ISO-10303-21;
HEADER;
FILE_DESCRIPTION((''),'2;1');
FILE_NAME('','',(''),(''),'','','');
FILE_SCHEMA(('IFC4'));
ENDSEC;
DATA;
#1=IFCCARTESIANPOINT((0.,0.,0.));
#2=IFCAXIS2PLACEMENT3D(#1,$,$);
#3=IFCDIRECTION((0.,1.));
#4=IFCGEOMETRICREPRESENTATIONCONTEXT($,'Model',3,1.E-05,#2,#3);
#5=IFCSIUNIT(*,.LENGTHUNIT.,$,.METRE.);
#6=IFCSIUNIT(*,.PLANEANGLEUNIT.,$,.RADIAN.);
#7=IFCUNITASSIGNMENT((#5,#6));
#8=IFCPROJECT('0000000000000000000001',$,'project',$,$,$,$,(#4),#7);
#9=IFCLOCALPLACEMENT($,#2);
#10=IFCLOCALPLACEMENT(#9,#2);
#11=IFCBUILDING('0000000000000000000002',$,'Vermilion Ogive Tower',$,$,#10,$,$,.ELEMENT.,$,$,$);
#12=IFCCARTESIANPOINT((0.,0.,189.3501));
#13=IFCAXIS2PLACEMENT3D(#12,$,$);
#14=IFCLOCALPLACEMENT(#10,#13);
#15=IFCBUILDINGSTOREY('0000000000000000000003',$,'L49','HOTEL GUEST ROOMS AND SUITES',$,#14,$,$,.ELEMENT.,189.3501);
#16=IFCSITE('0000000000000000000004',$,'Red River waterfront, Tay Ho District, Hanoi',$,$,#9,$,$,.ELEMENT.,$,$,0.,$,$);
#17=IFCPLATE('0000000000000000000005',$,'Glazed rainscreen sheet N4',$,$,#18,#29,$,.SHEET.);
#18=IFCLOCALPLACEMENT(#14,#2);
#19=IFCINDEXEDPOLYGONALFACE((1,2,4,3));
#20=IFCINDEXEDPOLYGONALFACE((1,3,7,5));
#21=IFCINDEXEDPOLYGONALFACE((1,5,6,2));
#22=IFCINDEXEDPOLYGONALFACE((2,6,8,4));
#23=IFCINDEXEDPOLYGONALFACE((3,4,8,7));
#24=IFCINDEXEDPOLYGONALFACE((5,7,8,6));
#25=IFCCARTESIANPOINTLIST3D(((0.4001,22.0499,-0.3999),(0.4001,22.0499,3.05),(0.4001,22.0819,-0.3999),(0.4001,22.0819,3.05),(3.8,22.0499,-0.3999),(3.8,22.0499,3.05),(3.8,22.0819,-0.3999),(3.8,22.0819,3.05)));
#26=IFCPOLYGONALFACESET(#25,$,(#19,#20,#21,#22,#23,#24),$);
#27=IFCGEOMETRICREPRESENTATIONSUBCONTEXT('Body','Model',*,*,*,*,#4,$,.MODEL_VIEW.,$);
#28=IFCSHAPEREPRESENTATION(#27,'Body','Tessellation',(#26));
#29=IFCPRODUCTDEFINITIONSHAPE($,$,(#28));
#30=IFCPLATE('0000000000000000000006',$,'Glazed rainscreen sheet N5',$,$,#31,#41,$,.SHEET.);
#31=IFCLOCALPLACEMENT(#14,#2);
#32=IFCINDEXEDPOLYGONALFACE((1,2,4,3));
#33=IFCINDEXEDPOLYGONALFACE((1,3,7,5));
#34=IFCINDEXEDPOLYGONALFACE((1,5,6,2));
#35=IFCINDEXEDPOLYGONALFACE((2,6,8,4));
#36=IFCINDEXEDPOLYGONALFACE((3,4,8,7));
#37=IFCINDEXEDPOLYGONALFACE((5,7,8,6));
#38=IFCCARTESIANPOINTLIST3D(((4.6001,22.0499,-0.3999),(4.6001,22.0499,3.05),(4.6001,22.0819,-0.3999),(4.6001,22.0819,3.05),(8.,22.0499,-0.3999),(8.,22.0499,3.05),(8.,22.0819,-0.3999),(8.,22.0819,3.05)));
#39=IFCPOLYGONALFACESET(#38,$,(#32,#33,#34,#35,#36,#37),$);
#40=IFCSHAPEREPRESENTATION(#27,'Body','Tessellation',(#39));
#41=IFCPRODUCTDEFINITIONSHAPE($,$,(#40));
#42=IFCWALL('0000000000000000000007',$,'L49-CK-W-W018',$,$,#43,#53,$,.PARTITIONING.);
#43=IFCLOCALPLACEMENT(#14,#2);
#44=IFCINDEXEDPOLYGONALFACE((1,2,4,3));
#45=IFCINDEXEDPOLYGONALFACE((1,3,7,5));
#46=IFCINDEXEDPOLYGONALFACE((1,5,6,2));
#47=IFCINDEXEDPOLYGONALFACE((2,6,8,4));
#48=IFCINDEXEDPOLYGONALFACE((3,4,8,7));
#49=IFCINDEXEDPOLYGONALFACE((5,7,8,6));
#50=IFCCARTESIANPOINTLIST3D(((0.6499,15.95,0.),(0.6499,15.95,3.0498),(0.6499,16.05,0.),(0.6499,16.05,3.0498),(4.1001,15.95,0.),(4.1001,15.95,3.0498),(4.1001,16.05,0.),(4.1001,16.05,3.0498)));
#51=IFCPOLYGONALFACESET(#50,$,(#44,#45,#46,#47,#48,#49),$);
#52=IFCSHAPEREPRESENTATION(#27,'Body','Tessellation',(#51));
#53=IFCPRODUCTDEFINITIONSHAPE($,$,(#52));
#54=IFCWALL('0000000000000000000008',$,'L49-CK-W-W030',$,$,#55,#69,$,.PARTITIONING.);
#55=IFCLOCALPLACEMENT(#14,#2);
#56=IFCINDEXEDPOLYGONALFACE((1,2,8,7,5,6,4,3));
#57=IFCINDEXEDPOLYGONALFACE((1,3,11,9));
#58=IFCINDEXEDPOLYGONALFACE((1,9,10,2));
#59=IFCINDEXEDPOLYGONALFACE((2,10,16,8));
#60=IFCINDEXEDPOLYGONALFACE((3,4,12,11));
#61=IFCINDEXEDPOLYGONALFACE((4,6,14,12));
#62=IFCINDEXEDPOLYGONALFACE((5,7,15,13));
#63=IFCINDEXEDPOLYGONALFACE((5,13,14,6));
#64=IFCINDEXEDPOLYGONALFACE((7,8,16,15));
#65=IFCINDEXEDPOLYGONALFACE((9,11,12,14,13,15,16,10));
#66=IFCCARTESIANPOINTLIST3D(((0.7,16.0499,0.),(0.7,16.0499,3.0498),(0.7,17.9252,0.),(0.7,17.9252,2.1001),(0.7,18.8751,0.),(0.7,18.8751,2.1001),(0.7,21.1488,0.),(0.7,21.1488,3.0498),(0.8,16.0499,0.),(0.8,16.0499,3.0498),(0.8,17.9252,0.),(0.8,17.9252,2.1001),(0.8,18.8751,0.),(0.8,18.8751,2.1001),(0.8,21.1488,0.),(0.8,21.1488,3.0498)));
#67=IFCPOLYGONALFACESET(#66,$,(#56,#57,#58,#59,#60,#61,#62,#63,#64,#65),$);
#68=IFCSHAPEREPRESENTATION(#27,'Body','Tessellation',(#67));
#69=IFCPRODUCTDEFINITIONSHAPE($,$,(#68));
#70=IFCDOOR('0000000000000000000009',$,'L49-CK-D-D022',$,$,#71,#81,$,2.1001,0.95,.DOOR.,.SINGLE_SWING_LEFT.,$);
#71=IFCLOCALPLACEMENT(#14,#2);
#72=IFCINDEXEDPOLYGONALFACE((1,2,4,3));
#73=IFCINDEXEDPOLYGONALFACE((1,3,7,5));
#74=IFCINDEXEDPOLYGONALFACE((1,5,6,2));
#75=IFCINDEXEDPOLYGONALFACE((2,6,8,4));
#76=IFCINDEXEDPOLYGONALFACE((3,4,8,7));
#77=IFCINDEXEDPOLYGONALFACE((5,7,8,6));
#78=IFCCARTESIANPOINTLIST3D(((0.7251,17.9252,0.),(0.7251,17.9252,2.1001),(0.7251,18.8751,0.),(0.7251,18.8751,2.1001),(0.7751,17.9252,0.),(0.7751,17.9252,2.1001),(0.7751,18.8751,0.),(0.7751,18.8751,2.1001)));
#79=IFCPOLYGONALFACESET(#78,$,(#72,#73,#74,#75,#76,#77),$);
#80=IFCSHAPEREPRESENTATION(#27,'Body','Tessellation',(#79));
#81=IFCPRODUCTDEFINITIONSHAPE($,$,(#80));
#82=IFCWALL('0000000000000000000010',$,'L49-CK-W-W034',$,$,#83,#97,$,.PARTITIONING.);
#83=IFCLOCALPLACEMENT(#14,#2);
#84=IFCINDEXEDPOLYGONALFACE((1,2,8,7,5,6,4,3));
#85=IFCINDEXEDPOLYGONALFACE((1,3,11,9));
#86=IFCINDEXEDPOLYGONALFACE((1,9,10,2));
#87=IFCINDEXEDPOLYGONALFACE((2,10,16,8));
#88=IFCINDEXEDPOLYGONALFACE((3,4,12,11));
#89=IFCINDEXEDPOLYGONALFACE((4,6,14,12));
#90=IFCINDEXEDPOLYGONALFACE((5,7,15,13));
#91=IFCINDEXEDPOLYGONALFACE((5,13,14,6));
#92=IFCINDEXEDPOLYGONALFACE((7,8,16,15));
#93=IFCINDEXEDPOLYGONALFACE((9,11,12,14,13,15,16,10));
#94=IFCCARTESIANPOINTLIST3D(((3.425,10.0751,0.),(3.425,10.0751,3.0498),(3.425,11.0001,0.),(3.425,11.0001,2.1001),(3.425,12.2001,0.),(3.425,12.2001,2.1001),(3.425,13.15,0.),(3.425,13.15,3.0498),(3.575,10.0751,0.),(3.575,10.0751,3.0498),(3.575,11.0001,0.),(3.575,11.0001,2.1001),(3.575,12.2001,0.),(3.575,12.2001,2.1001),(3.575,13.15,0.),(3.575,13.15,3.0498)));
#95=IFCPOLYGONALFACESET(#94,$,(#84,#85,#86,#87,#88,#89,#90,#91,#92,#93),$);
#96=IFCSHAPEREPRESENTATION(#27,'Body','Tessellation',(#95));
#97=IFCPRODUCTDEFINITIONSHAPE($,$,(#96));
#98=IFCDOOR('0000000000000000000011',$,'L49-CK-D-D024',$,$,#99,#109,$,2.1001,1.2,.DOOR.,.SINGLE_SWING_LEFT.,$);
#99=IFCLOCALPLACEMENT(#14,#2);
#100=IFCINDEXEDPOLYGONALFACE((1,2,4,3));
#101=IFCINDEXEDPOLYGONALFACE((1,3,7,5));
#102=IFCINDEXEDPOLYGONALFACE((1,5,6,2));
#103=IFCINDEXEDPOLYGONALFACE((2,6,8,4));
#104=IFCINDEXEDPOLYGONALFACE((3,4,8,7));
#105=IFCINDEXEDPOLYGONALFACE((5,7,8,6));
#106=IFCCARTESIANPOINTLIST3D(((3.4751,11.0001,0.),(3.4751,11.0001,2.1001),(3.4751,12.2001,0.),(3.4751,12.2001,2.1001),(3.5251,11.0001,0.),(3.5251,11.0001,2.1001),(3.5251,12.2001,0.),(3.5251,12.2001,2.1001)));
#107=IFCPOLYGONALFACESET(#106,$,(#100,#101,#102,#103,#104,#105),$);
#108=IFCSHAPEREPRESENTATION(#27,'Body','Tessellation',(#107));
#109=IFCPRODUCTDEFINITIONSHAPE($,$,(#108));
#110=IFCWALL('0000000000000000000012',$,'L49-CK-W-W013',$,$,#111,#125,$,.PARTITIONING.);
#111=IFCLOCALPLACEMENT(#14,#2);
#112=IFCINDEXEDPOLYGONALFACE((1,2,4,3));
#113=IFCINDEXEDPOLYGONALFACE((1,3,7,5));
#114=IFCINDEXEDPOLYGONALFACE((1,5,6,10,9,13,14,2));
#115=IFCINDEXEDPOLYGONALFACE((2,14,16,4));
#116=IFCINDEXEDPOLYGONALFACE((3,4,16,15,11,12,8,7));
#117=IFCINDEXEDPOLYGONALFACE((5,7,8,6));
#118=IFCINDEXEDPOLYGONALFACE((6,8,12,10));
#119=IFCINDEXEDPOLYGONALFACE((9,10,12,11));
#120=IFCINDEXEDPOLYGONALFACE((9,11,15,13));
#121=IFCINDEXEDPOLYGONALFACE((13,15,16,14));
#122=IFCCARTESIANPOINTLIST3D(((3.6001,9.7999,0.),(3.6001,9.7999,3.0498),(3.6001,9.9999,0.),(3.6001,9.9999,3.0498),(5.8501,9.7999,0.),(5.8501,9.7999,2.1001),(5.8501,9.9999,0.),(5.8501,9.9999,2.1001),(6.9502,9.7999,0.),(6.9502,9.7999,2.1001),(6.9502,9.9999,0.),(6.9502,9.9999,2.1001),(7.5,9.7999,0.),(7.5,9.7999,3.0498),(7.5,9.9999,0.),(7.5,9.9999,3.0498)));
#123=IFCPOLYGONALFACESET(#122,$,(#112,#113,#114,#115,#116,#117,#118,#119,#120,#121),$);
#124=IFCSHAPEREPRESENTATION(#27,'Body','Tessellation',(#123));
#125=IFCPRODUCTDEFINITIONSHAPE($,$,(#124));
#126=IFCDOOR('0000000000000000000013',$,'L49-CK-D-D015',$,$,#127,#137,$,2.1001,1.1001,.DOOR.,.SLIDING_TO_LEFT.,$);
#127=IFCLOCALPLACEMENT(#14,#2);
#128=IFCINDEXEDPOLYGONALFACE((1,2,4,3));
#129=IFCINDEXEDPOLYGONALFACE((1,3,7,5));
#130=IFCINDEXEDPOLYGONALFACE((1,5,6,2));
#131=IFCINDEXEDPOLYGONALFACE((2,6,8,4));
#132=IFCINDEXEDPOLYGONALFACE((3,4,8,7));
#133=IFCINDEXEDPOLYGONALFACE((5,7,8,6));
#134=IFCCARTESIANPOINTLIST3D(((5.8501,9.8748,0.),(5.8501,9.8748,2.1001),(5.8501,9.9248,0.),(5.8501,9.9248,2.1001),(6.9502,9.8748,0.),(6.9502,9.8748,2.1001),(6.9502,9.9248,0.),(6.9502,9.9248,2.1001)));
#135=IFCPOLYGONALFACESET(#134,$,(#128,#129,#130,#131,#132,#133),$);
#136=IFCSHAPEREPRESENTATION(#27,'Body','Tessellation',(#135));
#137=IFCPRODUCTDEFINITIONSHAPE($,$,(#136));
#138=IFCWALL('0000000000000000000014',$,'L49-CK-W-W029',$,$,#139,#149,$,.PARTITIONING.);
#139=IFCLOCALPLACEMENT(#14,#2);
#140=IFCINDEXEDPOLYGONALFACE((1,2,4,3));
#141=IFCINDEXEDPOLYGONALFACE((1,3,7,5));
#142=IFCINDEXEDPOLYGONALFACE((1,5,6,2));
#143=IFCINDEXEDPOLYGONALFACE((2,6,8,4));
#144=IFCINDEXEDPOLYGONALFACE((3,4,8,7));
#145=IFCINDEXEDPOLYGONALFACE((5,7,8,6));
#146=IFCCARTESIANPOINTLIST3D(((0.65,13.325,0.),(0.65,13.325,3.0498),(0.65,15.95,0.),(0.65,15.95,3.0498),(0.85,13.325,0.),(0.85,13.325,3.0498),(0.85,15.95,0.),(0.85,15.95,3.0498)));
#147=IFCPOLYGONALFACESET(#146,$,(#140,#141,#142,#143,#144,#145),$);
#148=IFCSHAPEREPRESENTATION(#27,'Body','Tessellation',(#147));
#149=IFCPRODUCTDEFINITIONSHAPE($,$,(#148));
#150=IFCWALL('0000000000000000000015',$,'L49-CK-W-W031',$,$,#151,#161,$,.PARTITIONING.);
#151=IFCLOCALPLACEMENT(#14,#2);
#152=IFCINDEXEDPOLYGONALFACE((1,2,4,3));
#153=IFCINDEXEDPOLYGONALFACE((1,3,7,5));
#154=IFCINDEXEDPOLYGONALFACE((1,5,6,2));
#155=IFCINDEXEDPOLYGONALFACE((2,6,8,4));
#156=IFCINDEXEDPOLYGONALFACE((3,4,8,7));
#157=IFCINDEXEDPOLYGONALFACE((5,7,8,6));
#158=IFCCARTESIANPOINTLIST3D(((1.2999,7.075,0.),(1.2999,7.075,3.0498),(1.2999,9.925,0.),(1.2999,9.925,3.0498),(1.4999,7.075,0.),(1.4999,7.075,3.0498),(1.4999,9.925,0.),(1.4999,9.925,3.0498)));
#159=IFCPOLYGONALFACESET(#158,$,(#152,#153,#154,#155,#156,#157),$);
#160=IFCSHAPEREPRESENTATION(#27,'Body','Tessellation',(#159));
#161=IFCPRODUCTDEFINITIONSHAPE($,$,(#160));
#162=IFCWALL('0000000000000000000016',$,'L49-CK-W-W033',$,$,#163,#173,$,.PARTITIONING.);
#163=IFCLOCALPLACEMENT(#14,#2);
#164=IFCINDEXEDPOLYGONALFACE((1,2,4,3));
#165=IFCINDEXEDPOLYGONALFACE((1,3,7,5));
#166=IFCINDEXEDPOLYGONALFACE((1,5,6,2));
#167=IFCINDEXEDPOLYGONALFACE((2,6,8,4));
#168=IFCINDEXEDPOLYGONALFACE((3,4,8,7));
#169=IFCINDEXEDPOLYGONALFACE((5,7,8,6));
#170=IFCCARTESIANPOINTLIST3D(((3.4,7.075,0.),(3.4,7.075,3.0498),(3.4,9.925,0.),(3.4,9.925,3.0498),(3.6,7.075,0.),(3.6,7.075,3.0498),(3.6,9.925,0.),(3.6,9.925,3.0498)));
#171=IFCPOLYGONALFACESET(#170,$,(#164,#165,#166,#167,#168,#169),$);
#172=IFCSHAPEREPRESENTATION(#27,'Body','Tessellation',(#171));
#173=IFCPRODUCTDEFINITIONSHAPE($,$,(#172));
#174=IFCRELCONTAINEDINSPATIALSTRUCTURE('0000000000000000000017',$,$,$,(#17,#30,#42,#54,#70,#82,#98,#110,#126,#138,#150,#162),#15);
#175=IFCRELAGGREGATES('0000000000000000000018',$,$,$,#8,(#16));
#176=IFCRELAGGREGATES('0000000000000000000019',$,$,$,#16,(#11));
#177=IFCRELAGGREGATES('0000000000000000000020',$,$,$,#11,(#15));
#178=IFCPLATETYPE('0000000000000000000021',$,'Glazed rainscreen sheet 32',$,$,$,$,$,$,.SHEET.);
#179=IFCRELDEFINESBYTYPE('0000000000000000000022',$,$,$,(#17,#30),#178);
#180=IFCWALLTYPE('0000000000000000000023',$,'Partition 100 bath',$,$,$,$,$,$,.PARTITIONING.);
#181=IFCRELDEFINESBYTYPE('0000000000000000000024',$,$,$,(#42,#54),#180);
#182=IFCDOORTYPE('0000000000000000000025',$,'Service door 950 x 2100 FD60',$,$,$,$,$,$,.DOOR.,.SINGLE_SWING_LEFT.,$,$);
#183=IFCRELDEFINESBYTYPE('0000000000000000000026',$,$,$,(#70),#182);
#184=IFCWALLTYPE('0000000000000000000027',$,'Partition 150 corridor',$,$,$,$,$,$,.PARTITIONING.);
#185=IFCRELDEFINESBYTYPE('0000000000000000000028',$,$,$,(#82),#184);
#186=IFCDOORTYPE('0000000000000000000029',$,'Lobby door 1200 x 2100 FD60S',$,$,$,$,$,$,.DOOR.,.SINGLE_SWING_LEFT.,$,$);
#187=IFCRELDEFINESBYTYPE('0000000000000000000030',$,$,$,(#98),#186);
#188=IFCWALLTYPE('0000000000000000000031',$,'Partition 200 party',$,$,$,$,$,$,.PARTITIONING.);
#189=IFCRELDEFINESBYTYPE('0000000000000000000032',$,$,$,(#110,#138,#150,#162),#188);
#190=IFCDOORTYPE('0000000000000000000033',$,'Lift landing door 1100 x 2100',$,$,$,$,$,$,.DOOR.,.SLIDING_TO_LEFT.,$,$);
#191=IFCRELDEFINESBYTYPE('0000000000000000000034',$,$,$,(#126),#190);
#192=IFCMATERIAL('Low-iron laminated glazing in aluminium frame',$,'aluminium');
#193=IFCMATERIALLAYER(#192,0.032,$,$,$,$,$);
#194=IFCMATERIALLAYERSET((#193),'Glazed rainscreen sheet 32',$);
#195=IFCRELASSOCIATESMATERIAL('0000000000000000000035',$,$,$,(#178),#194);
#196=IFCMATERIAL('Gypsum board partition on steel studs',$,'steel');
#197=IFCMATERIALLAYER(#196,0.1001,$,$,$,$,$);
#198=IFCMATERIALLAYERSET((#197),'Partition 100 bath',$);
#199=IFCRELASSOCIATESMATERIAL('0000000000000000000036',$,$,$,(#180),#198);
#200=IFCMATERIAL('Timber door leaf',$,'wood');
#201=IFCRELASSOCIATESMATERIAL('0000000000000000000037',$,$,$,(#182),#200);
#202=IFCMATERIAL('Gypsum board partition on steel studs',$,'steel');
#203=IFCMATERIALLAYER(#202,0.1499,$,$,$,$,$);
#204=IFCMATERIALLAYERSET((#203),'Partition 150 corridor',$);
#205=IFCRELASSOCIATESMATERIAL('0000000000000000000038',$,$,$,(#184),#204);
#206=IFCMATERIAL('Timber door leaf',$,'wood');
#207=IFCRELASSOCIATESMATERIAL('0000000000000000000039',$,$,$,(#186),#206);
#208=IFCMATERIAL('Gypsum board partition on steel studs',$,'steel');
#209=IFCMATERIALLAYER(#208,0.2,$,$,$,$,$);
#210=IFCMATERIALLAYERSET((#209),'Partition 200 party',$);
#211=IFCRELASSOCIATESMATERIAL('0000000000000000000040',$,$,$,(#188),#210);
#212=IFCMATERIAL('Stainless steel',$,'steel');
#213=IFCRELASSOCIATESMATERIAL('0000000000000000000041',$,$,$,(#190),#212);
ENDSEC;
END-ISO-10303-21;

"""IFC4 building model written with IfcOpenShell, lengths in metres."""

from ifc_helpers import new_model, si_unit, direction, frame, frame_2d, origin, origin_2d, place, context, subcontext, project, spatial, rectangle, extrude, material, layer, layer_set, type_object, element, fill, save


model = new_model("IFC4")

# Units and contexts
model_context = context("Model", 3, precision=1e-05, world=origin(), true_north=direction((0.0, 1.0)))
body_context = subcontext(model_context, "Body", "Model", "MODEL_VIEW")
ifc_project = project(units=[si_unit("LENGTHUNIT", "METRE"), si_unit("PLANEANGLEUNIT", "RADIAN")], contexts=[model_context])

# Site, building, storey
site_placement = place(None, origin())
site = spatial("IfcSite", under=ifc_project, at=site_placement, Name="Red River waterfront, Tay Ho District, Hanoi", CompositionType="ELEMENT", RefElevation=0.0)
building_placement = place(site_placement, origin())
building = spatial("IfcBuilding", under=site, at=building_placement, Name="Vermilion Ogive Tower", CompositionType="ELEMENT")
storey_placement = place(building_placement, frame((0.0, 0.0, 189.3501)))
storey = spatial("IfcBuildingStorey", under=building, at=storey_placement, Name="L49", Description="HOTEL GUEST ROOMS AND SUITES", CompositionType="ELEMENT", Elevation=189.3501)

# Plates
ifc_material_1 = material(Name="Low-iron laminated glazing in aluminium frame", Category="aluminium")
ifc_layer_1 = layer(ifc_material_1, 0.032)
ifc_layer_set_1 = layer_set([ifc_layer_1], Name="Glazed rainscreen sheet 32")
plate_type = type_object("IfcPlateType", Name="Glazed rainscreen sheet 32", PredefinedType="SHEET", material=ifc_layer_set_1)
for number, where, z_axis, x_axis, name in (
    (1, (2.1001, 22.0659, -0.3999), (0.0, 0.0, 1.0), (1.0, 0.0, 0.0), "Glazed rainscreen sheet N4"),
    (2, (6.3, 22.0659, -0.3999), (0.0, 0.0, 1.0), (1.0, 0.0, 0.0), "Glazed rainscreen sheet N5"),
):
    element("IfcPlate", number, at=place(storey_placement, frame(where, z_axis=z_axis, x_axis=x_axis)), inside=storey, type_object=plate_type, Name=name, PredefinedType="SHEET", context=body_context, shape_type="SweptSolid", body=[
        extrude(rectangle(XDim=3.3999, YDim=0.032, at=origin_2d()), origin(), (0.0, 0.0, 1.0), 3.45),
    ])

# Wall
ifc_material_2 = material(Name="Gypsum board partition on steel studs", Category="steel")
ifc_layer_2 = layer(ifc_material_2, 0.1001)
ifc_layer_set_2 = layer_set([ifc_layer_2], Name="Partition 100 bath")
wall_type_1 = type_object("IfcWallType", Name="Partition 100 bath", PredefinedType="PARTITIONING", material=ifc_layer_set_2)
wall_1_placement = place(storey_placement, frame((0.6499, 16.0, 0.0), z_axis=(0.0, 0.0, 1.0), x_axis=(1.0, 0.0, 0.0)))
element("IfcWall", 3, at=wall_1_placement, inside=storey, type_object=wall_type_1, Name="L49-CK-W-W018", PredefinedType="PARTITIONING", context=body_context, shape_type="SweptSolid", body=[
    extrude(rectangle(XDim=3.4502, YDim=0.1001, at=frame_2d((1.7251, 0.0))), origin(), (0.0, 0.0, 1.0), 3.0498),
])

# Walls, openings, doors
wall_2_placement = place(storey_placement, frame((0.75, 16.05, 0.0), z_axis=(0.0, 0.0, 1.0), x_axis=(0.0, 1.0, 0.0)))
wall_2 = element("IfcWall", 4, at=wall_2_placement, inside=storey, type_object=wall_type_1, Name="L49-CK-W-W030", PredefinedType="PARTITIONING", context=body_context, shape_type="SweptSolid", body=[
    extrude(rectangle(XDim=5.0989, YDim=0.1001, at=frame_2d((2.5493, 0.0))), origin(), (0.0, 0.0, 1.0), 3.0498),
])
opening_1_placement = place(wall_2_placement, frame((1.875, 0.0, 0.0)))
opening_1 = element("IfcOpeningElement", 5, at=opening_1_placement, cuts=wall_2, PredefinedType="OPENING", context=body_context, shape_type="SweptSolid", body=[
    extrude(rectangle(XDim=0.95, YDim=2.1001, at=frame_2d((0.4751, 1.05))), frame((0.0, 0.0601, 0.0), z_axis=(0.0, -1.0, 0.0), x_axis=(1.0, 0.0, 0.0)), (0.0, 0.0, 1.0), 0.1201),
])
ifc_material_3 = material(Name="Timber door leaf", Category="wood")
door_type_1 = type_object("IfcDoorType", Name="Service door 950 x 2100 FD60", OperationType="SINGLE_SWING_LEFT", PredefinedType="DOOR", material=ifc_material_3)
door_1_placement = place(opening_1_placement, origin())
door_1 = element("IfcDoor", 6, at=door_1_placement, inside=storey, type_object=door_type_1, Name="L49-CK-D-D022", OperationType="SINGLE_SWING_LEFT", OverallHeight=2.1001, OverallWidth=0.95, PredefinedType="DOOR", context=body_context, shape_type="SweptSolid", body=[
    extrude(rectangle(XDim=0.95, YDim=2.1001, at=frame_2d((0.4751, 1.05))), frame((0.0, 0.0249, 0.0), z_axis=(0.0, -1.0, 0.0), x_axis=(1.0, 0.0, 0.0)), (0.0, 0.0, 1.0), 0.05),
])
fill(opening_1, door_1)
ifc_material_4 = material(Name="Gypsum board partition on steel studs", Category="steel")
ifc_layer_3 = layer(ifc_material_4, 0.1499)
ifc_layer_set_3 = layer_set([ifc_layer_3], Name="Partition 150 corridor")
wall_type_2 = type_object("IfcWallType", Name="Partition 150 corridor", PredefinedType="PARTITIONING", material=ifc_layer_set_3)
wall_3_placement = place(storey_placement, frame((3.5, 10.075, 0.0), z_axis=(0.0, 0.0, 1.0), x_axis=(0.0, 1.0, 0.0)))
wall_3 = element("IfcWall", 7, at=wall_3_placement, inside=storey, type_object=wall_type_2, Name="L49-CK-W-W034", PredefinedType="PARTITIONING", context=body_context, shape_type="SweptSolid", body=[
    extrude(rectangle(XDim=3.075, YDim=0.1499, at=frame_2d((1.5376, 0.0))), origin(), (0.0, 0.0, 1.0), 3.0498),
])
opening_2_placement = place(wall_3_placement, frame((0.925, 0.0, 0.0)))
opening_2 = element("IfcOpeningElement", 8, at=opening_2_placement, cuts=wall_3, PredefinedType="OPENING", context=body_context, shape_type="SweptSolid", body=[
    extrude(rectangle(XDim=1.2, YDim=2.1001, at=frame_2d((0.6001, 1.05))), frame((0.0, 0.085, 0.0), z_axis=(0.0, -1.0, 0.0), x_axis=(1.0, 0.0, 0.0)), (0.0, 0.0, 1.0), 0.1699),
])
ifc_material_5 = material(Name="Timber door leaf", Category="wood")
door_type_2 = type_object("IfcDoorType", Name="Lobby door 1200 x 2100 FD60S", OperationType="SINGLE_SWING_LEFT", PredefinedType="DOOR", material=ifc_material_5)
door_2_placement = place(opening_2_placement, origin())
door_2 = element("IfcDoor", 9, at=door_2_placement, inside=storey, type_object=door_type_2, Name="L49-CK-D-D024", OperationType="SINGLE_SWING_LEFT", OverallHeight=2.1001, OverallWidth=1.2, PredefinedType="DOOR", context=body_context, shape_type="SweptSolid", body=[
    extrude(rectangle(XDim=1.2, YDim=2.1001, at=frame_2d((0.6001, 1.05))), frame((0.0, 0.0249, 0.0), z_axis=(0.0, -1.0, 0.0), x_axis=(1.0, 0.0, 0.0)), (0.0, 0.0, 1.0), 0.05),
])
fill(opening_2, door_2)
ifc_material_6 = material(Name="Gypsum board partition on steel studs", Category="steel")
ifc_layer_4 = layer(ifc_material_6, 0.2)
ifc_layer_set_4 = layer_set([ifc_layer_4], Name="Partition 200 party")
wall_type_3 = type_object("IfcWallType", Name="Partition 200 party", PredefinedType="PARTITIONING", material=ifc_layer_set_4)
wall_4_placement = place(storey_placement, frame((3.6001, 9.8999, 0.0), z_axis=(0.0, 0.0, 1.0), x_axis=(1.0, 0.0, 0.0)))
wall_4 = element("IfcWall", 10, at=wall_4_placement, inside=storey, type_object=wall_type_3, Name="L49-CK-W-W013", PredefinedType="PARTITIONING", context=body_context, shape_type="SweptSolid", body=[
    extrude(rectangle(XDim=3.8999, YDim=0.2, at=frame_2d((1.95, 0.0))), origin(), (0.0, 0.0, 1.0), 3.0498),
])
opening_3_placement = place(wall_4_placement, frame((2.25, 0.0, 0.0)))
opening_3 = element("IfcOpeningElement", 11, at=opening_3_placement, cuts=wall_4, PredefinedType="OPENING", context=body_context, shape_type="SweptSolid", body=[
    extrude(rectangle(XDim=1.1001, YDim=2.1001, at=frame_2d((0.55, 1.05))), frame((0.0, 0.1099, 0.0), z_axis=(0.0, -1.0, 0.0), x_axis=(1.0, 0.0, 0.0)), (0.0, 0.0, 1.0), 0.22),
])
ifc_material_7 = material(Name="Stainless steel", Category="steel")
door_type_3 = type_object("IfcDoorType", Name="Lift landing door 1100 x 2100", OperationType="SLIDING_TO_LEFT", PredefinedType="DOOR", material=ifc_material_7)
door_3_placement = place(opening_3_placement, origin())
door_3 = element("IfcDoor", 12, at=door_3_placement, inside=storey, type_object=door_type_3, Name="L49-CK-D-D015", OperationType="SLIDING_TO_LEFT", OverallHeight=2.1001, OverallWidth=1.1001, PredefinedType="DOOR", context=body_context, shape_type="SweptSolid", body=[
    extrude(rectangle(XDim=1.1001, YDim=2.1001, at=frame_2d((0.55, 1.05))), frame((0.0, 0.0249, 0.0), z_axis=(0.0, -1.0, 0.0), x_axis=(1.0, 0.0, 0.0)), (0.0, 0.0, 1.0), 0.05),
])
fill(opening_3, door_3)

# Walls
wall_5_placement = place(storey_placement, frame((0.75, 13.325, 0.0), z_axis=(0.0, 0.0, 1.0), x_axis=(0.0, 1.0, 0.0)))
element("IfcWall", 13, at=wall_5_placement, inside=storey, type_object=wall_type_3, Name="L49-CK-W-W029", PredefinedType="PARTITIONING", context=body_context, shape_type="SweptSolid", body=[
    extrude(rectangle(XDim=2.625, YDim=0.2, at=frame_2d((1.3125, 0.0))), origin(), (0.0, 0.0, 1.0), 3.0498),
])
for number, where, z_axis, x_axis, name in (
    (14, (1.3999, 7.075, 0.0), (0.0, 0.0, 1.0), (0.0, 1.0, 0.0), "L49-CK-W-W031"),
    (15, (3.5, 7.075, 0.0), (0.0, 0.0, 1.0), (0.0, 1.0, 0.0), "L49-CK-W-W033"),
):
    element("IfcWall", number, at=place(storey_placement, frame(where, z_axis=z_axis, x_axis=x_axis)), inside=storey, type_object=wall_type_3, Name=name, PredefinedType="PARTITIONING", context=body_context, shape_type="SweptSolid", body=[
        extrude(rectangle(XDim=2.8501, YDim=0.2, at=frame_2d((1.425, 0.0))), origin(), (0.0, 0.0, 1.0), 3.0498),
    ])

save(model, "model.ifc")
